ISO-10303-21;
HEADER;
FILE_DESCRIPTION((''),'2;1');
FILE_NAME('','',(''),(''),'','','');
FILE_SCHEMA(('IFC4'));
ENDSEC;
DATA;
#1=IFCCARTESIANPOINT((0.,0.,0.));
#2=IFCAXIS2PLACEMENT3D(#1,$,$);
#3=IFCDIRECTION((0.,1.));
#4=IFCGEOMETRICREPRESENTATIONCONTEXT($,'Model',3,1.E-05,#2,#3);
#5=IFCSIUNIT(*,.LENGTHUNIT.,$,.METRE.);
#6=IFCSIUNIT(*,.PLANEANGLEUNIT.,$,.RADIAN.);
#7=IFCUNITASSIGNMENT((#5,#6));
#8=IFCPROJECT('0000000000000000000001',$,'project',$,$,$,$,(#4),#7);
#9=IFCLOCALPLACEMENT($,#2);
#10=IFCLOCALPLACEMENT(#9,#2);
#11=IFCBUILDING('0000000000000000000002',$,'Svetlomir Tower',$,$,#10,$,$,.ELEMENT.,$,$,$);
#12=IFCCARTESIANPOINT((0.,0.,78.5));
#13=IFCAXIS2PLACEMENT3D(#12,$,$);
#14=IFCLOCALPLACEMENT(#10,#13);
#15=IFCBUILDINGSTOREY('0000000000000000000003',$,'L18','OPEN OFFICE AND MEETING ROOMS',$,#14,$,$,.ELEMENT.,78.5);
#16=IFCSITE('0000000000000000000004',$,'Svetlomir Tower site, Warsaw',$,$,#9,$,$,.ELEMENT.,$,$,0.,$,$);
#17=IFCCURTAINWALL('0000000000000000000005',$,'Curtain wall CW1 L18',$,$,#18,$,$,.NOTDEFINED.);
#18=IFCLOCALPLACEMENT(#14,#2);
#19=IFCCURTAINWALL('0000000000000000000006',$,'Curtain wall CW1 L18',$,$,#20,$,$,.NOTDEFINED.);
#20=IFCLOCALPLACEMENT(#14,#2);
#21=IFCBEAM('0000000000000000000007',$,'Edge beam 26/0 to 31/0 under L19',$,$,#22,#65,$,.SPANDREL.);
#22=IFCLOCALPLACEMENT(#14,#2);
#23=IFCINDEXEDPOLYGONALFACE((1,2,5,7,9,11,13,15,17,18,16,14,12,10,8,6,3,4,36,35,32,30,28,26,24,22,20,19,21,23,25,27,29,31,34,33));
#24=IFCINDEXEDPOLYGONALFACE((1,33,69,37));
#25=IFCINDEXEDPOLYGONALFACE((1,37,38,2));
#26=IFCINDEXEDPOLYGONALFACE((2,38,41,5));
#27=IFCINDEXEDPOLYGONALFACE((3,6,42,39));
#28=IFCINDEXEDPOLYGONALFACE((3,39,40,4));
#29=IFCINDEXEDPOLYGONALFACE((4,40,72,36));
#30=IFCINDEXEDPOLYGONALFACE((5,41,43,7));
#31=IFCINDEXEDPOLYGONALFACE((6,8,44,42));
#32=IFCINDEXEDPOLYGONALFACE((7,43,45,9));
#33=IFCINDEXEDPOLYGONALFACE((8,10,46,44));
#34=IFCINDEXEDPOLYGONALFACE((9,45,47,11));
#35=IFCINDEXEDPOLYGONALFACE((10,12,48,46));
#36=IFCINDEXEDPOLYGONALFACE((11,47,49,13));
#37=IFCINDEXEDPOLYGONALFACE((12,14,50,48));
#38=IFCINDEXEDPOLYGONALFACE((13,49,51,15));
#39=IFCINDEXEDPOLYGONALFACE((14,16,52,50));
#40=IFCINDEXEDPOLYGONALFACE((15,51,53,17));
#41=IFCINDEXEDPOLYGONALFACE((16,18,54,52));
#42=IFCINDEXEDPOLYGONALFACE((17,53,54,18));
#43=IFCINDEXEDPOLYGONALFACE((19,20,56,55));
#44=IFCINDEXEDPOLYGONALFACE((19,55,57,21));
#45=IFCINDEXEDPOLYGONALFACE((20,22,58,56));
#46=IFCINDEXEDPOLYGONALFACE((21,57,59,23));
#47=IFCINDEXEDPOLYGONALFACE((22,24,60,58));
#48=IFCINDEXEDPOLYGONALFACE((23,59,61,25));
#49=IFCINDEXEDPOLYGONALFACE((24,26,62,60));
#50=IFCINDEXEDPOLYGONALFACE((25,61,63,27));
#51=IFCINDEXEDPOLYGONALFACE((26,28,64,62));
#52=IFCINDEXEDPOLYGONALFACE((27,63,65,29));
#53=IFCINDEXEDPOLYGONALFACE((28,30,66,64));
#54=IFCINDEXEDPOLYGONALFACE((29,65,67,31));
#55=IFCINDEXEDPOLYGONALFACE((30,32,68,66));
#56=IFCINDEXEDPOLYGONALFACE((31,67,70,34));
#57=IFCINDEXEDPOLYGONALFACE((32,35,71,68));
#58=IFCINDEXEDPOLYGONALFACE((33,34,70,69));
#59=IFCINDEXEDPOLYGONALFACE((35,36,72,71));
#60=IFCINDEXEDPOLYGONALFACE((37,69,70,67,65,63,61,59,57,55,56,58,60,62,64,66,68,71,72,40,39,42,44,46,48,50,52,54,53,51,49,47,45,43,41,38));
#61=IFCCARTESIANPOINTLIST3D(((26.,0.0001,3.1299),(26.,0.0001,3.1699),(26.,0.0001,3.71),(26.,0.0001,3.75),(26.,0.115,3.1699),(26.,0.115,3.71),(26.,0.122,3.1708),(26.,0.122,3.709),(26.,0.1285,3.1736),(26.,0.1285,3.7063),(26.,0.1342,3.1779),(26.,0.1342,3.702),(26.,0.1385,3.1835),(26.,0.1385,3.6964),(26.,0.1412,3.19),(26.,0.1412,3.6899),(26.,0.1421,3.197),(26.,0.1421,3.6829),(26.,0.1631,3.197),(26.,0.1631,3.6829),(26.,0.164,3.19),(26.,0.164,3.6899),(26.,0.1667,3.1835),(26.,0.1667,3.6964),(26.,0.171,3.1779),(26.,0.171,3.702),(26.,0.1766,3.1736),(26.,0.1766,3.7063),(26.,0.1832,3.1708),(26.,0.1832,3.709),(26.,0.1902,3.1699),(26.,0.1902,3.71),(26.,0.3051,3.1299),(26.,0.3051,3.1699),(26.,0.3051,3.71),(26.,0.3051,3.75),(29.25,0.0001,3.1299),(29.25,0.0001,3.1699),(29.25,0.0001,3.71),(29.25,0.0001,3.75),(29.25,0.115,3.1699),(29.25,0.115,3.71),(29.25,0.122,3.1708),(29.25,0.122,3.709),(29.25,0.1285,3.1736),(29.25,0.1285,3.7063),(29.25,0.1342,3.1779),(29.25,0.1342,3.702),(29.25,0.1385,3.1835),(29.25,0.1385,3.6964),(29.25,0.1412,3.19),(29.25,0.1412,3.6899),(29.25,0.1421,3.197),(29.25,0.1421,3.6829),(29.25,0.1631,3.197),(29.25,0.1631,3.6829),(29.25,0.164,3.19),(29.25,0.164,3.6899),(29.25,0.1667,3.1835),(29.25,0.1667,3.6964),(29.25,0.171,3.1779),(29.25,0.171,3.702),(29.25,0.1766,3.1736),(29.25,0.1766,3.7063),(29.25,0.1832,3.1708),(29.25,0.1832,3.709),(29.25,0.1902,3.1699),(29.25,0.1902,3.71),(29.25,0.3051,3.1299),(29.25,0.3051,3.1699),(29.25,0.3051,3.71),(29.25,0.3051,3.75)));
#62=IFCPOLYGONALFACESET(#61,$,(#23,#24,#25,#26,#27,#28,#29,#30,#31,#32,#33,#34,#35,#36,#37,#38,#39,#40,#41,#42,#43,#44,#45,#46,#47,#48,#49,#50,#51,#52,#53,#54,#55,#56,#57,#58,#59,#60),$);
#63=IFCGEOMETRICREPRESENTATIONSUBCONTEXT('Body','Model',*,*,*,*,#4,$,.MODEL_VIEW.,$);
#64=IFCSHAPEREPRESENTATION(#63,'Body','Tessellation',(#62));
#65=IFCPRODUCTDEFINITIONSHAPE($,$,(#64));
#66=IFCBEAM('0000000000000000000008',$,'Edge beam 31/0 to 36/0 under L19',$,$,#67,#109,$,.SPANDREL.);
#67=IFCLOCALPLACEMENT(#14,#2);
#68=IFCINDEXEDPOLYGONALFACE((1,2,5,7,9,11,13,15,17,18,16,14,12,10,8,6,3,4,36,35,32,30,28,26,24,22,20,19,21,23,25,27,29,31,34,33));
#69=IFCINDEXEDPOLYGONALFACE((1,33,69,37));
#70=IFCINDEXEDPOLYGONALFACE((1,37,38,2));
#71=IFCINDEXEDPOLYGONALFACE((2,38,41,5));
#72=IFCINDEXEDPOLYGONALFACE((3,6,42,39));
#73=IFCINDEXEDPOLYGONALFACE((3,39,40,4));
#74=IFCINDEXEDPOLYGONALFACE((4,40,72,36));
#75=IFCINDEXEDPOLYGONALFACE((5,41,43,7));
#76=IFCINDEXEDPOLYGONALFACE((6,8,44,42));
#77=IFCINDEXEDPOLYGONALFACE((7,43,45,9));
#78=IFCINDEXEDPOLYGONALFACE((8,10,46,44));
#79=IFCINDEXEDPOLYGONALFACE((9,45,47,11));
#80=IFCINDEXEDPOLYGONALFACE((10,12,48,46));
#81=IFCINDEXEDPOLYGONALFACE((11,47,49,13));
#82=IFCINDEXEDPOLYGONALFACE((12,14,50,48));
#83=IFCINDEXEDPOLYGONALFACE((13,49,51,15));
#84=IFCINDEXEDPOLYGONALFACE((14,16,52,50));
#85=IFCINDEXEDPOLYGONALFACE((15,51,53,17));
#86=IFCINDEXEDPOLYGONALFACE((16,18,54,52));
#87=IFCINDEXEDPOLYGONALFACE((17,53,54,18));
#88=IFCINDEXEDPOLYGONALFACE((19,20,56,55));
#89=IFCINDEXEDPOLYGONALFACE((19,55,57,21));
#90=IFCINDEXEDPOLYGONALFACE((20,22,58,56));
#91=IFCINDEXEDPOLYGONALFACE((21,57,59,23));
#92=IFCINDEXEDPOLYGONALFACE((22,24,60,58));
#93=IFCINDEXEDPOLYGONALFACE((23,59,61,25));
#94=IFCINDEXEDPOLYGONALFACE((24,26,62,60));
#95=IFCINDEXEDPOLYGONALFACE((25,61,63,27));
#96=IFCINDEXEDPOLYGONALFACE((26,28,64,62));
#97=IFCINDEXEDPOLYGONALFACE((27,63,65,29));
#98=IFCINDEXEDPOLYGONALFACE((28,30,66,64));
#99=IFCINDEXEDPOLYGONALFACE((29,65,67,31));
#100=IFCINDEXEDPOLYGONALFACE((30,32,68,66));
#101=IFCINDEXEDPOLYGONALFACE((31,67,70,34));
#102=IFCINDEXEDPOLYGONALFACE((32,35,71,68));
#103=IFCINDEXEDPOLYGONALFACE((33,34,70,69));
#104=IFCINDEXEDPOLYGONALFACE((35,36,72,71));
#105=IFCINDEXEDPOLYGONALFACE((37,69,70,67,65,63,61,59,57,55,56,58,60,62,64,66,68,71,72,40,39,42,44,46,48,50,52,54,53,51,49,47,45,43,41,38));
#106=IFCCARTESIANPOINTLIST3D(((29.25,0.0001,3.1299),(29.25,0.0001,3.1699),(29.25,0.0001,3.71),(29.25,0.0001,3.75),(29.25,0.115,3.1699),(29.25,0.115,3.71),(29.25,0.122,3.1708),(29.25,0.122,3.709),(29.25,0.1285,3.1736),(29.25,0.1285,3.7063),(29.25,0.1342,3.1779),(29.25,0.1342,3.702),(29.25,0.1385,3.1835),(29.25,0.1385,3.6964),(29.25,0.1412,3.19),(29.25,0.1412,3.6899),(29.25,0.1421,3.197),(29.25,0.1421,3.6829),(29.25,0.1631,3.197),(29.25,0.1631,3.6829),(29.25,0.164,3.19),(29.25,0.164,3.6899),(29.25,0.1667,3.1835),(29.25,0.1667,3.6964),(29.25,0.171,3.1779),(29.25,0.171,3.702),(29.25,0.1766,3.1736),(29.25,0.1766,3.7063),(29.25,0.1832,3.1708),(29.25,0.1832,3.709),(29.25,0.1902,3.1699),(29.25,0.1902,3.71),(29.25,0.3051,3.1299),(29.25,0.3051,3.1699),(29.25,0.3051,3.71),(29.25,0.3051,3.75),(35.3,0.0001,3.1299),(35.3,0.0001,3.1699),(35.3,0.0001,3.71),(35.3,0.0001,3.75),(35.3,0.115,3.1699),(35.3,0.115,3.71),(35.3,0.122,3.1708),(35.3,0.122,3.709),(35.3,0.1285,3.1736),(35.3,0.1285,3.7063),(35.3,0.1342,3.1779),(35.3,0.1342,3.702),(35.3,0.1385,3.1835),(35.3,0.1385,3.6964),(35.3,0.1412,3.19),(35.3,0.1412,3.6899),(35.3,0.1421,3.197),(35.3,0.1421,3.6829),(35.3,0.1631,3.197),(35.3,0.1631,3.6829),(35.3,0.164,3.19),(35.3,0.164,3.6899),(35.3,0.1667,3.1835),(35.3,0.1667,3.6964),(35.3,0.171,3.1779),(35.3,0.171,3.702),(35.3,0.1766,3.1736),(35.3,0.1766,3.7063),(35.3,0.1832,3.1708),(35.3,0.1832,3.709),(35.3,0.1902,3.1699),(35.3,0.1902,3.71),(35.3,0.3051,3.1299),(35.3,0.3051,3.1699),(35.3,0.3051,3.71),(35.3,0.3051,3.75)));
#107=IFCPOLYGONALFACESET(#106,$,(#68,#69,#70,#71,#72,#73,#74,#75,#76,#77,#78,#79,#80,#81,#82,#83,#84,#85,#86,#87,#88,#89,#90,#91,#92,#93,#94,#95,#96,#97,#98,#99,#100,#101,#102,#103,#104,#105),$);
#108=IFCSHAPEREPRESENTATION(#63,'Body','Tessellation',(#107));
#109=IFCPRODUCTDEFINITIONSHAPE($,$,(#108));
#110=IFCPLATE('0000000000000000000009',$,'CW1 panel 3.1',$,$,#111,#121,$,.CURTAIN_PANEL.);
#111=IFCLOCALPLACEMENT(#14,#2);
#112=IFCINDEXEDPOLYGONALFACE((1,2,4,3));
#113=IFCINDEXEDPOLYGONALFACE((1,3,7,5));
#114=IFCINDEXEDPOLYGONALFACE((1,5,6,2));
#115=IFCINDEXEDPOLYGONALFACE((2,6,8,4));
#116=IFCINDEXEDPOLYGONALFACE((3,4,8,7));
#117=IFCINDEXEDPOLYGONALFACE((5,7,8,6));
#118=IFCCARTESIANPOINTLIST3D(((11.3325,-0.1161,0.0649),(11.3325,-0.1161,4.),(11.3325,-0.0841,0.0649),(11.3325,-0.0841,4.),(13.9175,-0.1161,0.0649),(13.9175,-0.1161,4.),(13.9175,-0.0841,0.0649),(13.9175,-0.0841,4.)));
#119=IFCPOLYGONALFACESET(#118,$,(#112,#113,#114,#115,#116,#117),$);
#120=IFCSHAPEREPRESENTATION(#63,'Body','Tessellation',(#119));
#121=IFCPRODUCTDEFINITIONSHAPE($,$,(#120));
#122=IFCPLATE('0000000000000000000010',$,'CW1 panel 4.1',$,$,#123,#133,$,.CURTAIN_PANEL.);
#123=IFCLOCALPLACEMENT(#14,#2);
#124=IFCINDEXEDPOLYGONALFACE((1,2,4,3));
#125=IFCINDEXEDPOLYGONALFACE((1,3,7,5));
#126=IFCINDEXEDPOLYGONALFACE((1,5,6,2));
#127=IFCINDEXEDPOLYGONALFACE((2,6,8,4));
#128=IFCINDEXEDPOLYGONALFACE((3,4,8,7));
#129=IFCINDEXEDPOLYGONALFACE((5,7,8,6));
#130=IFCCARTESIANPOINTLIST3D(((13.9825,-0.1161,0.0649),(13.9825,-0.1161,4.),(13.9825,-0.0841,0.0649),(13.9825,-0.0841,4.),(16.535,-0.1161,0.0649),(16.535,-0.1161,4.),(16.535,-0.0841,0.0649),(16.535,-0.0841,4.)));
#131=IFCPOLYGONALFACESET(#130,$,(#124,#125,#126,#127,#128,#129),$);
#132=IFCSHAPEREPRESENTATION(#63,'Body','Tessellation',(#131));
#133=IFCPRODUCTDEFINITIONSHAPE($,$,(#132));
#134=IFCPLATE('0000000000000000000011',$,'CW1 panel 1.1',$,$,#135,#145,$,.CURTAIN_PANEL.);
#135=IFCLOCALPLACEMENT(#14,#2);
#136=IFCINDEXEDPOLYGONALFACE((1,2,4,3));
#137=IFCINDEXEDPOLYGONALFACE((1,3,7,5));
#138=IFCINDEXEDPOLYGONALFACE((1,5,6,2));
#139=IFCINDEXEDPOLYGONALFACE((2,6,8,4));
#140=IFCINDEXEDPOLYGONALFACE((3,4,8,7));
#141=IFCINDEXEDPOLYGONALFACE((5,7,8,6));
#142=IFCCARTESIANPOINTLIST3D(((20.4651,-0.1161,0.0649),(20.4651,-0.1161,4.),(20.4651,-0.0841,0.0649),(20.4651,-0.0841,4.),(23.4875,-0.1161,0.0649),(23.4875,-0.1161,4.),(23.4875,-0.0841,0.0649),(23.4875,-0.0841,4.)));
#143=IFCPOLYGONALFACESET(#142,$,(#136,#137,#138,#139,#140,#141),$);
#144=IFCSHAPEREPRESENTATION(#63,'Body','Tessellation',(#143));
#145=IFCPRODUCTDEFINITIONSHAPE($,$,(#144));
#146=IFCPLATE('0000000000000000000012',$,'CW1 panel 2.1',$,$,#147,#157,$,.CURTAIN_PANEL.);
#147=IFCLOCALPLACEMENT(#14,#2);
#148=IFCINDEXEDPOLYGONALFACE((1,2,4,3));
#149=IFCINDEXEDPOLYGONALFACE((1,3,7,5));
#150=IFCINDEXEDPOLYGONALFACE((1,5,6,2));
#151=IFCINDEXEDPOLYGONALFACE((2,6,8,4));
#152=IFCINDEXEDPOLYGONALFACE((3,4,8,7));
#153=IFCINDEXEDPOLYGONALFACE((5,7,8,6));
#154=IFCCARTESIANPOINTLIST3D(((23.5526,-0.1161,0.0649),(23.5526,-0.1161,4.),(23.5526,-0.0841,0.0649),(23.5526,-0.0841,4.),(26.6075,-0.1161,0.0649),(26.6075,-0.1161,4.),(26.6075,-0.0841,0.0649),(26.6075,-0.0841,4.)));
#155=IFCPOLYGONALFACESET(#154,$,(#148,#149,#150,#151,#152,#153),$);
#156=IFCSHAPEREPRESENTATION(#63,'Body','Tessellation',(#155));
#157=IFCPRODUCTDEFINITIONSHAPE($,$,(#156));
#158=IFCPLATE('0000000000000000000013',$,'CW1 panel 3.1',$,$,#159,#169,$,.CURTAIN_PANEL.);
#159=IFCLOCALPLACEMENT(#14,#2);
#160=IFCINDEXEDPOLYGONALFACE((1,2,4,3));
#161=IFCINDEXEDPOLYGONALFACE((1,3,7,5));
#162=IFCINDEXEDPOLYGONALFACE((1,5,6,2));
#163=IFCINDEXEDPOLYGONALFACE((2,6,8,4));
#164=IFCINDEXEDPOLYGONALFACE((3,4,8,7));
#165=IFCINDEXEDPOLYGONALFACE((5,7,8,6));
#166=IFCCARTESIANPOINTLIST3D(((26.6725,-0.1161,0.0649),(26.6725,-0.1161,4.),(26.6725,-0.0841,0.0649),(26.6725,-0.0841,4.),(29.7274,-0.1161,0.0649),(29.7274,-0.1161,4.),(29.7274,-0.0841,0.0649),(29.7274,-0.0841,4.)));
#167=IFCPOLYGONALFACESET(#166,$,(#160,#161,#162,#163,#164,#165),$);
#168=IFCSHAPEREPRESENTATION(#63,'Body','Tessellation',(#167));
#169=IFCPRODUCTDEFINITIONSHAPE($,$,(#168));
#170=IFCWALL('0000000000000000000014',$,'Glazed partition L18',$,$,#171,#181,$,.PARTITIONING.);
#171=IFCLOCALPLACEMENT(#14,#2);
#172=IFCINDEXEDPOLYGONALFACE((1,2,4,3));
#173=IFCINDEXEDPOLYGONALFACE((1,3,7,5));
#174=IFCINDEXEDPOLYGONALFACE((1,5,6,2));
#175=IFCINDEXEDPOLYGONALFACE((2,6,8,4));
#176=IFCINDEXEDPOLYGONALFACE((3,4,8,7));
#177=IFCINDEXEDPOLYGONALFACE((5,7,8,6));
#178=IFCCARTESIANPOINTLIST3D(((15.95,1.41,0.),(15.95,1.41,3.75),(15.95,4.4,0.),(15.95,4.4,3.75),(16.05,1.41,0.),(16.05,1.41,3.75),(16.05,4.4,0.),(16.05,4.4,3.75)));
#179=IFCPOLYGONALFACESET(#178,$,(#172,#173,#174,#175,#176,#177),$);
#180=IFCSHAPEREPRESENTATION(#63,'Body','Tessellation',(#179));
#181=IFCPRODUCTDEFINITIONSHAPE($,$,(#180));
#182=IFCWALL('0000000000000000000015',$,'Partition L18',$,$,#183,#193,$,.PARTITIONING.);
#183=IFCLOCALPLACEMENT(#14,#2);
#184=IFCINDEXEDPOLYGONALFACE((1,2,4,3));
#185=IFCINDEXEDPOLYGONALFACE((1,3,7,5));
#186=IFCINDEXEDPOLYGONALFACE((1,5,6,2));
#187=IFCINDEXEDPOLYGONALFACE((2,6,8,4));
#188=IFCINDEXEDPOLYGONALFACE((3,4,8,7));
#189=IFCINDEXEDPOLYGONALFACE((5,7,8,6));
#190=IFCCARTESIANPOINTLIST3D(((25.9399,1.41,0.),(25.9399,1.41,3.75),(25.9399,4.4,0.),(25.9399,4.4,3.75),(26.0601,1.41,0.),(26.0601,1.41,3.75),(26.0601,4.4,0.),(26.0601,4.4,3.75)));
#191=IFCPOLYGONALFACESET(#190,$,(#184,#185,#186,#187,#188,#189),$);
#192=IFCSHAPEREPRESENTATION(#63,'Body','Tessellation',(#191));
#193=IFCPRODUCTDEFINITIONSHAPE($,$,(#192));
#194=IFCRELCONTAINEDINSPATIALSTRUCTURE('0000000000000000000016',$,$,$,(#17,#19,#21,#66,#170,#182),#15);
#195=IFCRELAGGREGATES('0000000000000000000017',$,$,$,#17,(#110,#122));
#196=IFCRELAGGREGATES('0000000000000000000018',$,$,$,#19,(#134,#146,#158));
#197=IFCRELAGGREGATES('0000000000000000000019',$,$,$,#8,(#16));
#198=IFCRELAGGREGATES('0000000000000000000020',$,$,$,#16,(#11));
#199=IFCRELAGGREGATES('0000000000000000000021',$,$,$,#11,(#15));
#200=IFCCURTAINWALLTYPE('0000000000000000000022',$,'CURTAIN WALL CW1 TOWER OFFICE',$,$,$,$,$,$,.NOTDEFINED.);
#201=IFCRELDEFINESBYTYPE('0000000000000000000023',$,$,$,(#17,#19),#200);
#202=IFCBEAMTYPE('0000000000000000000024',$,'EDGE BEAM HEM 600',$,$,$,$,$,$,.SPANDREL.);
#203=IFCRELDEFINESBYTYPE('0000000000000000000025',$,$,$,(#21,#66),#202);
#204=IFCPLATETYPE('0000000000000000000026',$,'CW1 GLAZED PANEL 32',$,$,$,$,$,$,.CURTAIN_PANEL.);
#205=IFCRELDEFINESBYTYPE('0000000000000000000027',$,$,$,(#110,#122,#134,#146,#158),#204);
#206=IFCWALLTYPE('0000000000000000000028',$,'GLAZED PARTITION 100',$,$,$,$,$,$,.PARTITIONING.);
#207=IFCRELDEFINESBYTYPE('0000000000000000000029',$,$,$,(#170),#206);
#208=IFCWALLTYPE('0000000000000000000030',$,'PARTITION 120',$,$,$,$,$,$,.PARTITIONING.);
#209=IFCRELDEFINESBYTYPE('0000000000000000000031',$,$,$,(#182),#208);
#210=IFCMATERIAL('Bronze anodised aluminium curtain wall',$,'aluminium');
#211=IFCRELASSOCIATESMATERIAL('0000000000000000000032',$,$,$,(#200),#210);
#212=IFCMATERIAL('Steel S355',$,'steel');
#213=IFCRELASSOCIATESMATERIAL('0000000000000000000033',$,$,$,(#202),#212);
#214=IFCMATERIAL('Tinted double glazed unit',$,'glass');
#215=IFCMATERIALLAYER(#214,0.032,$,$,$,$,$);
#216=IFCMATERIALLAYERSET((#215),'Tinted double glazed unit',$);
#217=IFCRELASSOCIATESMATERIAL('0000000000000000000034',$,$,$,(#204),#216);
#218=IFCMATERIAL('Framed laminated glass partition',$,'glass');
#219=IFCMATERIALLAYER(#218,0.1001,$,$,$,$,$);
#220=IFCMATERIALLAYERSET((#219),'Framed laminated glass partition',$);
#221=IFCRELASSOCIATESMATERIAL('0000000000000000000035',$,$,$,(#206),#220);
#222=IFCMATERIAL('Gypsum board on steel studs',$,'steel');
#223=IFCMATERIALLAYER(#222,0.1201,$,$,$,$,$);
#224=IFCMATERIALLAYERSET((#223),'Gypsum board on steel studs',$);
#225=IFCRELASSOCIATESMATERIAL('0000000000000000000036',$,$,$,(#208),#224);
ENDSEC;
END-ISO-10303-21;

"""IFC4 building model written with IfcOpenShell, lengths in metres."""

from ifc_helpers import new_model, si_unit, direction, frame, frame_2d, origin, origin_2d, place, context, subcontext, project, spatial, rectangle, i_section, extrude, material, layer, layer_set, material_profile, profile_set, type_object, element, aggregate, save


model = new_model("IFC4")

# Units and contexts
model_context = context("Model", 3, precision=1e-05, world=origin(), true_north=direction((0.0, 1.0)))
body_context = subcontext(model_context, "Body", "Model", "MODEL_VIEW")
ifc_project = project(units=[si_unit("LENGTHUNIT", "METRE"), si_unit("PLANEANGLEUNIT", "RADIAN")], contexts=[model_context])

# Site, building, storey
site_placement = place(None, origin())
site = spatial("IfcSite", under=ifc_project, at=site_placement, Name="Svetlomir Tower site, Warsaw", CompositionType="ELEMENT", RefElevation=0.0)
building_placement = place(site_placement, origin())
building = spatial("IfcBuilding", under=site, at=building_placement, Name="Svetlomir Tower", CompositionType="ELEMENT")
storey_placement = place(building_placement, frame((0.0, 0.0, 78.5)))
storey = spatial("IfcBuildingStorey", under=building, at=storey_placement, Name="L18", Description="OPEN OFFICE AND MEETING ROOMS", CompositionType="ELEMENT", Elevation=78.5)

# Curtain walls
ifc_material_1 = material(Name="Bronze anodised aluminium curtain wall", Category="aluminium")
curtain_wall_type = type_object("IfcCurtainWallType", Name="CURTAIN WALL CW1 TOWER OFFICE", PredefinedType="NOTDEFINED", material=ifc_material_1)
curtain_wall_1_placement = place(storey_placement, origin())
curtain_wall_1 = element("IfcCurtainWall", 1, at=curtain_wall_1_placement, inside=storey, type_object=curtain_wall_type, Name="Curtain wall CW1 L18", PredefinedType="NOTDEFINED")
curtain_wall_2_placement = place(storey_placement, origin())
curtain_wall_2 = element("IfcCurtainWall", 2, at=curtain_wall_2_placement, inside=storey, type_object=curtain_wall_type, Name="Curtain wall CW1 L18", PredefinedType="NOTDEFINED")

# Beams
ifc_material_2 = material(Name="Steel S355", Category="steel")
ifc_material_profile_1 = material_profile(ifc_material_2, i_section(OverallWidth=0.3049, OverallDepth=0.6201, WebThickness=0.021, FlangeThickness=0.04, FilletRadius=0.0271, at=origin_2d()), Name="HEM 600")
ifc_profile_set_1 = profile_set([ifc_material_profile_1], Name="Steel S355")
beam_type_1 = type_object("IfcBeamType", Name="EDGE BEAM HEM 600", PredefinedType="SPANDREL", material=ifc_profile_set_1)
beam_1_placement = place(storey_placement, frame((26.0, 0.1526, 3.4399), z_axis=(1.0, 0.0, 0.0), x_axis=(0.0, 1.0, 0.0)))
element("IfcBeam", 3, at=beam_1_placement, inside=storey, type_object=beam_type_1, Name="Edge beam 26/0 to 31/0 under L19", PredefinedType="SPANDREL", context=body_context, shape_type="SweptSolid", body=[
    extrude(i_section(OverallWidth=0.3049, OverallDepth=0.6201, WebThickness=0.021, FlangeThickness=0.04, FilletRadius=0.0271, at=origin_2d()), origin(), (0.0, 0.0, 1.0), 3.25),
])
beam_2_placement = place(storey_placement, frame((29.25, 0.1526, 3.4399), z_axis=(1.0, 0.0, 0.0), x_axis=(0.0, 1.0, 0.0)))
element("IfcBeam", 4, at=beam_2_placement, inside=storey, type_object=beam_type_1, Name="Edge beam 31/0 to 36/0 under L19", PredefinedType="SPANDREL", context=body_context, shape_type="SweptSolid", body=[
    extrude(i_section(OverallWidth=0.3049, OverallDepth=0.6201, WebThickness=0.021, FlangeThickness=0.04, FilletRadius=0.0271, at=origin_2d()), origin(), (0.0, 0.0, 1.0), 6.05),
])

# Plates
ifc_material_3 = material(Name="Tinted double glazed unit", Category="glass")
ifc_layer_1 = layer(ifc_material_3, 0.032)
ifc_layer_set_1 = layer_set([ifc_layer_1], Name="Tinted double glazed unit")
plate_type = type_object("IfcPlateType", Name="CW1 GLAZED PANEL 32", PredefinedType="CURTAIN_PANEL", material=ifc_layer_set_1)
plate_1_placement = place(storey_placement, frame((12.625, -0.1001, 0.0649), z_axis=(0.0, 0.0, 1.0), x_axis=(1.0, 0.0, 0.0)))
plate_1 = element("IfcPlate", 5, at=plate_1_placement, type_object=plate_type, Name="CW1 panel 3.1", PredefinedType="CURTAIN_PANEL", context=body_context, shape_type="SweptSolid", body=[
    extrude(rectangle(XDim=2.585, YDim=0.032, at=origin_2d()), origin(), (0.0, 0.0, 1.0), 3.9351),
])
plate_2_placement = place(storey_placement, frame((15.2588, -0.1001, 0.0649), z_axis=(0.0, 0.0, 1.0), x_axis=(1.0, 0.0, 0.0)))
plate_2 = element("IfcPlate", 6, at=plate_2_placement, type_object=plate_type, Name="CW1 panel 4.1", PredefinedType="CURTAIN_PANEL", context=body_context, shape_type="SweptSolid", body=[
    extrude(rectangle(XDim=2.5525, YDim=0.032, at=origin_2d()), origin(), (0.0, 0.0, 1.0), 3.9351),
])
aggregate(curtain_wall_1, [plate_1, plate_2])
plate_3_placement = place(storey_placement, frame((21.9763, -0.1001, 0.0649), z_axis=(0.0, 0.0, 1.0), x_axis=(1.0, 0.0, 0.0)))
plate_3 = element("IfcPlate", 7, at=plate_3_placement, type_object=plate_type, Name="CW1 panel 1.1", PredefinedType="CURTAIN_PANEL", context=body_context, shape_type="SweptSolid", body=[
    extrude(rectangle(XDim=3.0225, YDim=0.032, at=origin_2d()), origin(), (0.0, 0.0, 1.0), 3.9351),
])
plate_4_placement = place(storey_placement, frame((25.0801, -0.1001, 0.0649), z_axis=(0.0, 0.0, 1.0), x_axis=(1.0, 0.0, 0.0)))
plate_4 = element("IfcPlate", 8, at=plate_4_placement, type_object=plate_type, Name="CW1 panel 2.1", PredefinedType="CURTAIN_PANEL", context=body_context, shape_type="SweptSolid", body=[
    extrude(rectangle(XDim=3.0549, YDim=0.032, at=origin_2d()), origin(), (0.0, 0.0, 1.0), 3.9351),
])
plate_5_placement = place(storey_placement, frame((28.2, -0.1001, 0.0649), z_axis=(0.0, 0.0, 1.0), x_axis=(1.0, 0.0, 0.0)))
plate_5 = element("IfcPlate", 9, at=plate_5_placement, type_object=plate_type, Name="CW1 panel 3.1", PredefinedType="CURTAIN_PANEL", context=body_context, shape_type="SweptSolid", body=[
    extrude(rectangle(XDim=3.0549, YDim=0.032, at=origin_2d()), origin(), (0.0, 0.0, 1.0), 3.9351),
])
aggregate(curtain_wall_2, [plate_3, plate_4, plate_5])

# Walls
ifc_material_4 = material(Name="Framed laminated glass partition", Category="glass")
ifc_layer_2 = layer(ifc_material_4, 0.1001)
ifc_layer_set_2 = layer_set([ifc_layer_2], Name="Framed laminated glass partition")
wall_type_1 = type_object("IfcWallType", Name="GLAZED PARTITION 100", PredefinedType="PARTITIONING", material=ifc_layer_set_2)
wall_1_placement = place(storey_placement, frame((16.0, 1.4099, 0.0), z_axis=(0.0, 0.0, 1.0), x_axis=(0.0, 1.0, 0.0)))
element("IfcWall", 10, at=wall_1_placement, inside=storey, type_object=wall_type_1, Name="Glazed partition L18", PredefinedType="PARTITIONING", context=body_context, shape_type="SweptSolid", body=[
    extrude(rectangle(XDim=2.99, YDim=0.1001, at=frame_2d((1.4951, 0.0))), origin(), (0.0, 0.0, 1.0), 3.75),
])
ifc_material_5 = material(Name="Gypsum board on steel studs", Category="steel")
ifc_layer_3 = layer(ifc_material_5, 0.1201)
ifc_layer_set_3 = layer_set([ifc_layer_3], Name="Gypsum board on steel studs")
wall_type_2 = type_object("IfcWallType", Name="PARTITION 120", PredefinedType="PARTITIONING", material=ifc_layer_set_3)
wall_2_placement = place(storey_placement, frame((26.0, 1.4099, 0.0), z_axis=(0.0, 0.0, 1.0), x_axis=(0.0, 1.0, 0.0)))
element("IfcWall", 11, at=wall_2_placement, inside=storey, type_object=wall_type_2, Name="Partition L18", PredefinedType="PARTITIONING", context=body_context, shape_type="SweptSolid", body=[
    extrude(rectangle(XDim=2.99, YDim=0.1201, at=frame_2d((1.4951, 0.0))), origin(), (0.0, 0.0, 1.0), 3.75),
])

save(model, "model.ifc")
